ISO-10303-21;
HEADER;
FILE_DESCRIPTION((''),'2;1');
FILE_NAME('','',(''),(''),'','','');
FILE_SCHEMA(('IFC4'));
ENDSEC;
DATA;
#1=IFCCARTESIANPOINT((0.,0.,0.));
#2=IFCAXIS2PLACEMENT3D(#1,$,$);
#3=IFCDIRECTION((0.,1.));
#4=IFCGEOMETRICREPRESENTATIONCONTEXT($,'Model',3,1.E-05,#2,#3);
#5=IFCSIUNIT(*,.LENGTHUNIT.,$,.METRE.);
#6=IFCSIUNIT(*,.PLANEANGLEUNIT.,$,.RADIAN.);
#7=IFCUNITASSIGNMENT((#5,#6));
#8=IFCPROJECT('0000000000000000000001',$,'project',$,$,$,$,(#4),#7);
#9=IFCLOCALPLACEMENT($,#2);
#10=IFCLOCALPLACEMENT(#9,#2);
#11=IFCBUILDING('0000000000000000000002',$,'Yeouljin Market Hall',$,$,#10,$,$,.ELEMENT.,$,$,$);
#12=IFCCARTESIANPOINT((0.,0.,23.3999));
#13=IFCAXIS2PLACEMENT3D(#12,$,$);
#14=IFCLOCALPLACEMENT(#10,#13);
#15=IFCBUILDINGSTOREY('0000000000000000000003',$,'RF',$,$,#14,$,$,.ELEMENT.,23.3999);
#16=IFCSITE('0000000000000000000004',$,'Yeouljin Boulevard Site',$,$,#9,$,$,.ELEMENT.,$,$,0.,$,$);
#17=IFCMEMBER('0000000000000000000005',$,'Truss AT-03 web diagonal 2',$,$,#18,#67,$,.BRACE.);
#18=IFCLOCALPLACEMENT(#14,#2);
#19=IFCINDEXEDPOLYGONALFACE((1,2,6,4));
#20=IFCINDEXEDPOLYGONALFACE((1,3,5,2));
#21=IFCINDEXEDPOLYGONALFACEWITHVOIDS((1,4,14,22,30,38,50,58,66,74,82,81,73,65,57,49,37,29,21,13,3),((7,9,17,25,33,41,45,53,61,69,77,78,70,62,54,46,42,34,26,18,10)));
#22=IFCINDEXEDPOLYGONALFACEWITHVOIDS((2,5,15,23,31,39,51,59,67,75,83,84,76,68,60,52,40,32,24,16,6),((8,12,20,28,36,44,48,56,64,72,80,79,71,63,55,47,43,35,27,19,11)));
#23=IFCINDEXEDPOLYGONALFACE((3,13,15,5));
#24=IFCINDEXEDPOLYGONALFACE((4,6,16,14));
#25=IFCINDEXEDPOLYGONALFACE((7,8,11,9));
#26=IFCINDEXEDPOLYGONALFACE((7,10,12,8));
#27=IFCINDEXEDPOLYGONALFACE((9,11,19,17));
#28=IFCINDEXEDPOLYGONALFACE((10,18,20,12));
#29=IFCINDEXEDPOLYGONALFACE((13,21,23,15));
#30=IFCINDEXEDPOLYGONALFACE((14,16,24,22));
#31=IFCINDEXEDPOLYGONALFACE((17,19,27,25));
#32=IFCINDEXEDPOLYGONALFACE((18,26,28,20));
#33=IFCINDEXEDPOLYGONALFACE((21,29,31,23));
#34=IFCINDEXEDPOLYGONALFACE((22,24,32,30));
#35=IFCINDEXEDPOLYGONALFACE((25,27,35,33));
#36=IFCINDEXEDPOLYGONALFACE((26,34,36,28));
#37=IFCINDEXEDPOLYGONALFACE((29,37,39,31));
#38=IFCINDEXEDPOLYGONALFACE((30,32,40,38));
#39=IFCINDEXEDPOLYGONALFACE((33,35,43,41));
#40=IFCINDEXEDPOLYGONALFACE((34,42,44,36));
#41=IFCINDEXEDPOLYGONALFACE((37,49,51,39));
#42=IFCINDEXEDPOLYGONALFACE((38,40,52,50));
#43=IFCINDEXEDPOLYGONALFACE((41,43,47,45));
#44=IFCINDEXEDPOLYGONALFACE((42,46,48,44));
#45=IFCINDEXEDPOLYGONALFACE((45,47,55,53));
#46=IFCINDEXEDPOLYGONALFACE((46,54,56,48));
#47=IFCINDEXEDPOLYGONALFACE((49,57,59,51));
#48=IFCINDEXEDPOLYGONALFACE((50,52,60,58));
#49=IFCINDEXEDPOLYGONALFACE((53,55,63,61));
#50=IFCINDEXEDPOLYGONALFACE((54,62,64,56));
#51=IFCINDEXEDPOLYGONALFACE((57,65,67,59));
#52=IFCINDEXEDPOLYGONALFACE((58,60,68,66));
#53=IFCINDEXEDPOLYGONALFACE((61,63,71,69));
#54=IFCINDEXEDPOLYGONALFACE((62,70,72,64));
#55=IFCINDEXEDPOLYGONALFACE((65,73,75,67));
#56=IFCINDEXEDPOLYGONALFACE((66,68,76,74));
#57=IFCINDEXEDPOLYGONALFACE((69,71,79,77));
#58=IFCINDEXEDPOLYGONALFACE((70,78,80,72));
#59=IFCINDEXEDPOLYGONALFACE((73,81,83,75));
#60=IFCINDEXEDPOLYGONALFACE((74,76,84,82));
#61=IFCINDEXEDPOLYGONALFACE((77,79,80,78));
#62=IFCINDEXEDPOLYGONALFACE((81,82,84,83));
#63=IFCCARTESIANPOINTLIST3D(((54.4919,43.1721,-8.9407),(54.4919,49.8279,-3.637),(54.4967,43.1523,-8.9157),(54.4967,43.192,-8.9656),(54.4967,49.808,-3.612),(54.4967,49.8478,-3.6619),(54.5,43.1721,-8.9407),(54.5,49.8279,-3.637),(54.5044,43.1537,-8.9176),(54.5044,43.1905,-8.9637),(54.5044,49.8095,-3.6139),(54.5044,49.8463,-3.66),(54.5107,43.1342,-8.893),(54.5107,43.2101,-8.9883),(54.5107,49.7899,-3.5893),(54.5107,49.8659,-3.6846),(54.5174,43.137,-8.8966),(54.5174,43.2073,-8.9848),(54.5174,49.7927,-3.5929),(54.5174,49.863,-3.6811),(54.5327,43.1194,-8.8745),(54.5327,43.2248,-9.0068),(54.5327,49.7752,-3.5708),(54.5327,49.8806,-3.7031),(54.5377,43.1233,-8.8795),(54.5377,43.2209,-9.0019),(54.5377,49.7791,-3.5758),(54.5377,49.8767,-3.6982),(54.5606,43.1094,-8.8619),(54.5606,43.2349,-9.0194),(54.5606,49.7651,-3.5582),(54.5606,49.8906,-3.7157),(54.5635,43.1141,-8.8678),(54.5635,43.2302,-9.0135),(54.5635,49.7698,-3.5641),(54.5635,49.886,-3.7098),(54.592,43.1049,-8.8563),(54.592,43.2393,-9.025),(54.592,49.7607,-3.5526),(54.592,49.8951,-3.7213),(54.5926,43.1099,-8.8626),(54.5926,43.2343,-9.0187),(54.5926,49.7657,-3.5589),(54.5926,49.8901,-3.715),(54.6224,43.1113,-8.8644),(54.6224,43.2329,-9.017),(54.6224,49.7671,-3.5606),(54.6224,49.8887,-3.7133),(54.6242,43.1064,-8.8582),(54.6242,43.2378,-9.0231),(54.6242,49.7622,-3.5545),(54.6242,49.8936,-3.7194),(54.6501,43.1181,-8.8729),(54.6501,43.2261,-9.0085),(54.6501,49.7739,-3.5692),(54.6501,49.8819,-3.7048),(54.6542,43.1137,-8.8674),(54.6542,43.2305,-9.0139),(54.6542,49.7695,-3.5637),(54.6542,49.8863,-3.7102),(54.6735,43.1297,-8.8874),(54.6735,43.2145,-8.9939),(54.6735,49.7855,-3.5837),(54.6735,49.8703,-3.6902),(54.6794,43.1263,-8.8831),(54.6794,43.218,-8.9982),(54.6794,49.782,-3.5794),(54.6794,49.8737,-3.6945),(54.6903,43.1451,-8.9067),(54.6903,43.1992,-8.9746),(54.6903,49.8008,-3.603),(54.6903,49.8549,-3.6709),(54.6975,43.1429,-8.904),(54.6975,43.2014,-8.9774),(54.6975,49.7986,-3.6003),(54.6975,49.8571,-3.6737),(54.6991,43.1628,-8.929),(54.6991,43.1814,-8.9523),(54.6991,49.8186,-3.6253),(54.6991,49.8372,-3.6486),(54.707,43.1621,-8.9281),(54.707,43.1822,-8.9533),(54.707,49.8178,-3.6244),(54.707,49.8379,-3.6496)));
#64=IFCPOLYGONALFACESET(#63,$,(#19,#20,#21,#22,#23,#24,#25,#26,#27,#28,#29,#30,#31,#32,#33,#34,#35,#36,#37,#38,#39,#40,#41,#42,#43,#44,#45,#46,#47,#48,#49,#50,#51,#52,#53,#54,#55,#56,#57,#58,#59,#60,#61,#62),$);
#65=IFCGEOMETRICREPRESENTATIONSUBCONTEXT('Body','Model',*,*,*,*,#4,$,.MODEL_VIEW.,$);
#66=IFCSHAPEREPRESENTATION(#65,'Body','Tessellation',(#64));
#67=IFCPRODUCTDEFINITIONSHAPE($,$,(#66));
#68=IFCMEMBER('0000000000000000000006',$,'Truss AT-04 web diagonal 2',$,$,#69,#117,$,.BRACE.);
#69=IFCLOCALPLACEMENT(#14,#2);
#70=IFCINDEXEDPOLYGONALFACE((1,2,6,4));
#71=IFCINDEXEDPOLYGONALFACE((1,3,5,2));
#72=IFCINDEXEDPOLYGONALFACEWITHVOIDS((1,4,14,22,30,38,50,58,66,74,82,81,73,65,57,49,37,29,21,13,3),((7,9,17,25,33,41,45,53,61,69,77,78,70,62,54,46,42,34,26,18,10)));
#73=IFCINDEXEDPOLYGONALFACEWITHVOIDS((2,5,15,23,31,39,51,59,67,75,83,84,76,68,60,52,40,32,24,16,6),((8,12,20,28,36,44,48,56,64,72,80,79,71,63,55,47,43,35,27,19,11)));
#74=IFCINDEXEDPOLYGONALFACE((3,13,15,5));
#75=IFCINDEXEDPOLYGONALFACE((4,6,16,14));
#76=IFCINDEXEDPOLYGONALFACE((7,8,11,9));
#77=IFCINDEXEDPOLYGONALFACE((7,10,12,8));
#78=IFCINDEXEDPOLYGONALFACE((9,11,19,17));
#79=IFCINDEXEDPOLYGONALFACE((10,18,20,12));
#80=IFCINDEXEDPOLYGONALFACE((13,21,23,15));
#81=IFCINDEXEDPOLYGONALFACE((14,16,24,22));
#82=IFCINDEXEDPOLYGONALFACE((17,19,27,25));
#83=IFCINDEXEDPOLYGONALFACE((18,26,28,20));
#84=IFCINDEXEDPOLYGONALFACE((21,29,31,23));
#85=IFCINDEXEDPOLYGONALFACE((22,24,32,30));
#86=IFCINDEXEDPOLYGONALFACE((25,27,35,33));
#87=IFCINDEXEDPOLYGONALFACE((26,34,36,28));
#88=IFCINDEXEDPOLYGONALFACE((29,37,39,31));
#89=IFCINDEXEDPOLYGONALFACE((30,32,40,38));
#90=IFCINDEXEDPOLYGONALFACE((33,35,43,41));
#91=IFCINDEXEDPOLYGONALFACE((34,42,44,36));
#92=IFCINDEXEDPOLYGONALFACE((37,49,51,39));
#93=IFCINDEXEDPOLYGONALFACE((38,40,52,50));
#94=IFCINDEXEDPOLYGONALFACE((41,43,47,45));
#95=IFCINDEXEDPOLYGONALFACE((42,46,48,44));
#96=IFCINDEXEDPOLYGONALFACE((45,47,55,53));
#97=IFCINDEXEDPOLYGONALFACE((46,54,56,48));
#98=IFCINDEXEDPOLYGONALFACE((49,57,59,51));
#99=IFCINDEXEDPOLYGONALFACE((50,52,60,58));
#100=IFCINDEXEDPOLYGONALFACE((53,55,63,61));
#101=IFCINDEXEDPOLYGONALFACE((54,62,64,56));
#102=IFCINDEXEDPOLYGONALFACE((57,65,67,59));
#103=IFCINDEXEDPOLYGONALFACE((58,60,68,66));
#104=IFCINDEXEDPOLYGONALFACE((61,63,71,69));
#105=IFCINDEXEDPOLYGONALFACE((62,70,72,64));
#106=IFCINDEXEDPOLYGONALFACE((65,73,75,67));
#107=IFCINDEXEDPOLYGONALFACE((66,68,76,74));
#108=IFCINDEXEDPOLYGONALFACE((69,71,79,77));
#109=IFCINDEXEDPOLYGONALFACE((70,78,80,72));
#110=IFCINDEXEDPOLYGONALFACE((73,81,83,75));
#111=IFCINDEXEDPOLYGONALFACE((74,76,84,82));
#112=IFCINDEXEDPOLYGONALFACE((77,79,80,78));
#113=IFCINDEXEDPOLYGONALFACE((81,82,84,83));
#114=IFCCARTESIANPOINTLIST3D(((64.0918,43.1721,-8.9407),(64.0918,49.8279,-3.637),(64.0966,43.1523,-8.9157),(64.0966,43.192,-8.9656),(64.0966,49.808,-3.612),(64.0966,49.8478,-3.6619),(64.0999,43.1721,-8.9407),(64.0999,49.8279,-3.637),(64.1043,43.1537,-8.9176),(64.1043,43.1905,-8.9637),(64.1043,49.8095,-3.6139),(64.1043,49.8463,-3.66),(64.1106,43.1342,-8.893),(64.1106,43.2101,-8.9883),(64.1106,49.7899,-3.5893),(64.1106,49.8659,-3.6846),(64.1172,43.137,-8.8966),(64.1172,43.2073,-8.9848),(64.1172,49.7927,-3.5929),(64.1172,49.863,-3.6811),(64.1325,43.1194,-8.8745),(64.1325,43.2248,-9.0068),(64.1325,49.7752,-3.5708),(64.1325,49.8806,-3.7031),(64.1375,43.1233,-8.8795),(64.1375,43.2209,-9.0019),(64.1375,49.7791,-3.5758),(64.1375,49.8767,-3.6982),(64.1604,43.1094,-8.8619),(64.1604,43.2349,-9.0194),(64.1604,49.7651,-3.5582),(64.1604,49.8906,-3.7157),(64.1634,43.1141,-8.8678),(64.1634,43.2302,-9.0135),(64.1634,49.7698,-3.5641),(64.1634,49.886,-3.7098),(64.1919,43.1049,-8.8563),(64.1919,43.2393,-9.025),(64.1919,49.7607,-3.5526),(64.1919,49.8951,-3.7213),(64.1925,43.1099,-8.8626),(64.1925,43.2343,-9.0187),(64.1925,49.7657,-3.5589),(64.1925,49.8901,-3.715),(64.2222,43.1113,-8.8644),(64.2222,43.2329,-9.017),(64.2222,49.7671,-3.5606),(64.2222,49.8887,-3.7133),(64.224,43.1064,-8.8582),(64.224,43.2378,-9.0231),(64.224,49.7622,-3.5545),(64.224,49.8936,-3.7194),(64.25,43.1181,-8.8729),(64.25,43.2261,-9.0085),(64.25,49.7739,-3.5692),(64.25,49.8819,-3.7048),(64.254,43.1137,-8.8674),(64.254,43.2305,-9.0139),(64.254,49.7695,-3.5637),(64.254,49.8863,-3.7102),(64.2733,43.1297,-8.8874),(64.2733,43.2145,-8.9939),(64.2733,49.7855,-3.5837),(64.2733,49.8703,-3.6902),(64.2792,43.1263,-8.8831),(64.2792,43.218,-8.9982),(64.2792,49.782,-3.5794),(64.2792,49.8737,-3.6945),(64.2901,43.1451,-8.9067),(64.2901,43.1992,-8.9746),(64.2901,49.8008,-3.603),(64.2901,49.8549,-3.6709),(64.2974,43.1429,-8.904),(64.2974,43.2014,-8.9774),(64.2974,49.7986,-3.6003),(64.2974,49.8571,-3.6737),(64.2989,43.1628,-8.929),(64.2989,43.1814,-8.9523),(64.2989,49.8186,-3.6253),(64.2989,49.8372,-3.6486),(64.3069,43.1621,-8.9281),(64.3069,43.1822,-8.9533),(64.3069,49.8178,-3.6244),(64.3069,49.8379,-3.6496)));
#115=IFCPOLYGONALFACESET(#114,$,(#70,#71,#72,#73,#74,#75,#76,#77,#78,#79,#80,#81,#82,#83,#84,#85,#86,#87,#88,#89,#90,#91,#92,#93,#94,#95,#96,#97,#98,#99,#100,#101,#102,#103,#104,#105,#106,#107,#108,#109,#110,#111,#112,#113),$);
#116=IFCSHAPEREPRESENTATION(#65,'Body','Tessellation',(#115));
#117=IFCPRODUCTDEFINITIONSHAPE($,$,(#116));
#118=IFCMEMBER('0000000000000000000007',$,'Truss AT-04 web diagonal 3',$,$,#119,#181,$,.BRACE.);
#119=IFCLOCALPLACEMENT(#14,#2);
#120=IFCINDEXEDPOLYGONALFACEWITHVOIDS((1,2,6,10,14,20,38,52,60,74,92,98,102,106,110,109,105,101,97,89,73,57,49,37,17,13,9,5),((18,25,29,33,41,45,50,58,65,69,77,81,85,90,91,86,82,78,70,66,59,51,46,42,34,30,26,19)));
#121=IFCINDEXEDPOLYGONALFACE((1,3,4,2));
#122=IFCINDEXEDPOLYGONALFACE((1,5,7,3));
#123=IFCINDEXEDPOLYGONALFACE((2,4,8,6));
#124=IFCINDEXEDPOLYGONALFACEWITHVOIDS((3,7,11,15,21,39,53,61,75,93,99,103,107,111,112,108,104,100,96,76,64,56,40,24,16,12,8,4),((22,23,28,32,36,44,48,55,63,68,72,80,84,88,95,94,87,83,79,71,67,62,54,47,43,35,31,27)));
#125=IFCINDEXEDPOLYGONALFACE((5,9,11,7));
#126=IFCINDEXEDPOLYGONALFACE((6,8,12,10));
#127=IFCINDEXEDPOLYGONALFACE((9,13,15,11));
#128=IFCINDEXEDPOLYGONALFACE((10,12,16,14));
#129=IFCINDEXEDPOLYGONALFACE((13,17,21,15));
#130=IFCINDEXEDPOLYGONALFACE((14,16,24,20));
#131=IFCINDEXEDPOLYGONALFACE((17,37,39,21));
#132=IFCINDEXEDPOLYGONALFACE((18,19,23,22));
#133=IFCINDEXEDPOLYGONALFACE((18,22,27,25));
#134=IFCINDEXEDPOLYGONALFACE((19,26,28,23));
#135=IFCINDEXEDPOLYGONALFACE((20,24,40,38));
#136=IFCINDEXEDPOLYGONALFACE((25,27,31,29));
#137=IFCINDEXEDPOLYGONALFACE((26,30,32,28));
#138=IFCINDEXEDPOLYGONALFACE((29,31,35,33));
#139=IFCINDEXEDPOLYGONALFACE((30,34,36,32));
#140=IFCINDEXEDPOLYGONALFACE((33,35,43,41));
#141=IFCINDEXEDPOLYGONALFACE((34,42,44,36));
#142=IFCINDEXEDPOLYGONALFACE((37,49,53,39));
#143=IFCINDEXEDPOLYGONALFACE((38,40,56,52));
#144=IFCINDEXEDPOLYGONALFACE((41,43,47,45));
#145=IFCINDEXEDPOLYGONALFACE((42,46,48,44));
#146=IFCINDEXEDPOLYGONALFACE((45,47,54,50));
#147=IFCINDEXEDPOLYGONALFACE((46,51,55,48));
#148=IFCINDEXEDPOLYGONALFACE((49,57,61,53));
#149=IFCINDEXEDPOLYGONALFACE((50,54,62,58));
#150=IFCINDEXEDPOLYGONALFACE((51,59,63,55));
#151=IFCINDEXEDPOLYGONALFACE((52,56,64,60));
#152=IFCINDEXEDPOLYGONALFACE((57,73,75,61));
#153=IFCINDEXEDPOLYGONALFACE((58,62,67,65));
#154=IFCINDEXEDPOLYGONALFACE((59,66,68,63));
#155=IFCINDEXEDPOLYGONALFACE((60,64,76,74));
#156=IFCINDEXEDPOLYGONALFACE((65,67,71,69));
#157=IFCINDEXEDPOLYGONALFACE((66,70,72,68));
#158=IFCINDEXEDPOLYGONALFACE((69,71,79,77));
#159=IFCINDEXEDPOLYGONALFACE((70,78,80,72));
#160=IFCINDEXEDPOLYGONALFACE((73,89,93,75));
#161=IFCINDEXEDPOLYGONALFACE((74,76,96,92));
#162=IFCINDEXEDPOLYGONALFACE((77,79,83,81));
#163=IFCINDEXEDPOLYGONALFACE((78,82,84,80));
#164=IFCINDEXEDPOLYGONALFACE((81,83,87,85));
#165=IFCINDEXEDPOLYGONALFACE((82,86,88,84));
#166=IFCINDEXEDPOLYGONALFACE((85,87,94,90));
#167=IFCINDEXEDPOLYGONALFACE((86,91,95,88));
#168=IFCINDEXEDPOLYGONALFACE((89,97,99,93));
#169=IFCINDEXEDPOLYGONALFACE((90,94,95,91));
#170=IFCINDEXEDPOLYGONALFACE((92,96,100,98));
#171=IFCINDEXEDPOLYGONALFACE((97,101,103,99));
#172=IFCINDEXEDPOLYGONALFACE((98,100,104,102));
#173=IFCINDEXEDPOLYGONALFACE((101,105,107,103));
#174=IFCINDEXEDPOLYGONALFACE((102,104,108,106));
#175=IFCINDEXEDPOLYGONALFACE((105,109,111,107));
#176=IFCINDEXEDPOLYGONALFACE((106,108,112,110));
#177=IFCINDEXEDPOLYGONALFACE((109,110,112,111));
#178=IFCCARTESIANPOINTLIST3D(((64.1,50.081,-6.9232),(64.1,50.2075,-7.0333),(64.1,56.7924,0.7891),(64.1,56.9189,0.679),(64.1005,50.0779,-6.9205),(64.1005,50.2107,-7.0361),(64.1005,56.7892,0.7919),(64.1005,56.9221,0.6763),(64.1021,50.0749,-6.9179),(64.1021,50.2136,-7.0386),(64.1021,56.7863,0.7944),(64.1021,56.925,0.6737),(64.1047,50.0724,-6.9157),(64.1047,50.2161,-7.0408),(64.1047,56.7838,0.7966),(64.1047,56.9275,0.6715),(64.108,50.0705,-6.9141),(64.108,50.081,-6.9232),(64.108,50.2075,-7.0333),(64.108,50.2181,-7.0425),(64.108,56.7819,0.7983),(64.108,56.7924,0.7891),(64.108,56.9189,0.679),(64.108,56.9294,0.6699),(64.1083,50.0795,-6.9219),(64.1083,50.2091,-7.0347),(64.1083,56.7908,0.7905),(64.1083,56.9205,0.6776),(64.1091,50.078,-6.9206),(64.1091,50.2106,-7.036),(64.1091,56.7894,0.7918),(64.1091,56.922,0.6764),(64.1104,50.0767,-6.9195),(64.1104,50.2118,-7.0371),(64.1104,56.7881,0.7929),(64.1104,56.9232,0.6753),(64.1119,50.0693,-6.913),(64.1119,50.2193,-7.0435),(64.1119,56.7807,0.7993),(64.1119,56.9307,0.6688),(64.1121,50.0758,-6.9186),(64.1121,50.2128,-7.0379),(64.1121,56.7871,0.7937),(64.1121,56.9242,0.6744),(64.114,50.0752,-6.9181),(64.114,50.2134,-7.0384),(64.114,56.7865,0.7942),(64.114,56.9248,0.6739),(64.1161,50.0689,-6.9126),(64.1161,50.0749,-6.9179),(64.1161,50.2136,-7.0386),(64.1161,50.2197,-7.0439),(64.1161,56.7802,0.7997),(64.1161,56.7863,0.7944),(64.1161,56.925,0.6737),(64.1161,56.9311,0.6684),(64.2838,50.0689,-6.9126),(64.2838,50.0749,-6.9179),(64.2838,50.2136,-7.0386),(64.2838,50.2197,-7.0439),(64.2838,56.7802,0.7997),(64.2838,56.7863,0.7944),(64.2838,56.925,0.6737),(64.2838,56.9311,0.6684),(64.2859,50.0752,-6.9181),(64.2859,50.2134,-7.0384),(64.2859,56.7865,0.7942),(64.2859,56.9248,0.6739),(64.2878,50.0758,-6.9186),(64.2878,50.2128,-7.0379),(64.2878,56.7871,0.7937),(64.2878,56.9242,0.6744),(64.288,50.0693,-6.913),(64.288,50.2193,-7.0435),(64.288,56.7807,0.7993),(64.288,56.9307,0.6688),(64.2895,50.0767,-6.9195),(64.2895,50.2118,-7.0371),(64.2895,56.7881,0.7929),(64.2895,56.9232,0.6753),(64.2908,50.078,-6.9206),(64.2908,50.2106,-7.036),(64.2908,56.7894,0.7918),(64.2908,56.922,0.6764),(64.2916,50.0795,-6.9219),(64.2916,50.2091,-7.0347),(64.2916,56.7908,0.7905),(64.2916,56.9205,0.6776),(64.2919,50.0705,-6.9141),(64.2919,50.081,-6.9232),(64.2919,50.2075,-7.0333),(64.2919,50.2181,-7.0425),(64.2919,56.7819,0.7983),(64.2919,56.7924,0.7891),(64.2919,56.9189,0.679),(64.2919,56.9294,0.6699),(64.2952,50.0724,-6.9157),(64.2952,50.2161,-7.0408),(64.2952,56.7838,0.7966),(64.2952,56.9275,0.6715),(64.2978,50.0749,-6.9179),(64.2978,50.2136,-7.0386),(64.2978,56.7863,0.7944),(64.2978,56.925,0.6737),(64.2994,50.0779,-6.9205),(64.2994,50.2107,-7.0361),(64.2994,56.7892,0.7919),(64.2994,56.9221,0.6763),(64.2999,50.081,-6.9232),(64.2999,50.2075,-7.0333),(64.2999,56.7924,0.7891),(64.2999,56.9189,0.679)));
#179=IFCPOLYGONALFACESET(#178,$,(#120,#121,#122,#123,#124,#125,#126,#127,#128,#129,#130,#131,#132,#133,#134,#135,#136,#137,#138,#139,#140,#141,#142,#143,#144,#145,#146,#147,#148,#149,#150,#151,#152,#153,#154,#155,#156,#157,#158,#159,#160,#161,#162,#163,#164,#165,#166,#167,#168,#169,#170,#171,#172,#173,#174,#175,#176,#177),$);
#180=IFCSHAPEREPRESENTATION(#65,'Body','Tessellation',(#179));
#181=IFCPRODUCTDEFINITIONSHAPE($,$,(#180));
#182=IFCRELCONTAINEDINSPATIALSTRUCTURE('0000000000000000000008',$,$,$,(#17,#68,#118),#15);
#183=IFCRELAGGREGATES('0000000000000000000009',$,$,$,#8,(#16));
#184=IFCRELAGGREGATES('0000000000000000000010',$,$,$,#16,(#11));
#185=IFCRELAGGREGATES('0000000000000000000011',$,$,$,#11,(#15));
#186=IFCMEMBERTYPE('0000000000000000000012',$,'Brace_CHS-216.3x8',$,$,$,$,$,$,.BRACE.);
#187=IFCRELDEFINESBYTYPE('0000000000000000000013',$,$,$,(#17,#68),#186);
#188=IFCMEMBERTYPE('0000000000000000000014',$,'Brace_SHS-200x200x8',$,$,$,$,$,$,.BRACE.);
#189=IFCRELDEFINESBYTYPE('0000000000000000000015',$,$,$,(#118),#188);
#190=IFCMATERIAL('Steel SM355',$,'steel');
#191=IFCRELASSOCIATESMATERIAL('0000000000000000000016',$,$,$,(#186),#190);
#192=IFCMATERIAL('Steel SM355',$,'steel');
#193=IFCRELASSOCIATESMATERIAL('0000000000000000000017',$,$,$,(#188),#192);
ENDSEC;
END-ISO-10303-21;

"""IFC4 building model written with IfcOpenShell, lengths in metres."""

from ifc_helpers import new_model, si_unit, direction, frame, origin, origin_2d, place, context, subcontext, project, spatial, hollow_rectangle, hollow_circle, extrude, material, material_profile, profile_set, type_object, element, save


model = new_model("IFC4")

# Units and contexts
model_context = context("Model", 3, precision=1e-05, world=origin(), true_north=direction((0.0, 1.0)))
body_context = subcontext(model_context, "Body", "Model", "MODEL_VIEW")
ifc_project = project(units=[si_unit("LENGTHUNIT", "METRE"), si_unit("PLANEANGLEUNIT", "RADIAN")], contexts=[model_context])

# Site, building, storey
site_placement = place(None, origin())
site = spatial("IfcSite", under=ifc_project, at=site_placement, Name="Yeouljin Boulevard Site", CompositionType="ELEMENT", RefElevation=0.0)
building_placement = place(site_placement, origin())
building = spatial("IfcBuilding", under=site, at=building_placement, Name="Yeouljin Market Hall", CompositionType="ELEMENT")
storey_placement = place(building_placement, frame((0.0, 0.0, 23.3999)))
storey = spatial("IfcBuildingStorey", under=building, at=storey_placement, Name="RF", CompositionType="ELEMENT", Elevation=23.3999)

# Members
ifc_material_1 = material(Name="Steel SM355", Category="steel")
ifc_material_profile_1 = material_profile(ifc_material_1, hollow_circle(Radius=0.1082, WallThickness=0.0081, at=origin_2d()), Name="CHS-216.3x8")
ifc_profile_set_1 = profile_set([ifc_material_profile_1], Name="Steel SM355")
member_type_1 = type_object("IfcMemberType", Name="Brace_CHS-216.3x8", PredefinedType="BRACE", material=ifc_profile_set_1)
for number, where, z_axis, x_axis, name in (
    (1, (54.6001, 43.1721, -8.9407), (0.0, 0.782065, 0.623197), (-1.0, 0.0, 0.0), "Truss AT-03 web diagonal 2"),
    (2, (64.2, 43.1721, -8.9407), (0.0, 0.782065, 0.623197), (-1.0, 0.0, 0.0), "Truss AT-04 web diagonal 2"),
):
    element("IfcMember", number, at=place(storey_placement, frame(where, z_axis=z_axis, x_axis=x_axis)), inside=storey, type_object=member_type_1, Name=name, PredefinedType="BRACE", context=body_context, shape_type="SweptSolid", body=[
        extrude(hollow_circle(Radius=0.1082, WallThickness=0.0081, at=origin_2d()), origin(), (0.0, 0.0, 1.0), 8.5105),
    ])
ifc_material_2 = material(Name="Steel SM355", Category="steel")
ifc_material_profile_2 = material_profile(ifc_material_2, hollow_rectangle(XDim=0.2, YDim=0.2, WallThickness=0.0081, InnerFilletRadius=0.0081, OuterFilletRadius=0.0161, at=origin_2d()), Name="SHS-200x200x8")
ifc_profile_set_2 = profile_set([ifc_material_profile_2], Name="Steel SM355")
member_type_2 = type_object("IfcMemberType", Name="Brace_SHS-200x200x8", PredefinedType="BRACE", material=ifc_profile_set_2)
member_1_placement = place(storey_placement, frame((64.2, 50.1443, -6.9783), z_axis=(0.0, 0.656457, 0.754364), x_axis=(-1.0, 0.0, 0.0)))
element("IfcMember", 3, at=member_1_placement, inside=storey, type_object=member_type_2, Name="Truss AT-04 web diagonal 3", PredefinedType="BRACE", context=body_context, shape_type="SweptSolid", body=[
    extrude(hollow_rectangle(XDim=0.2, YDim=0.2, WallThickness=0.0081, InnerFilletRadius=0.0081, OuterFilletRadius=0.0161, at=origin_2d()), origin(), (0.0, 0.0, 1.0), 10.2236),
])

save(model, "model.ifc")
